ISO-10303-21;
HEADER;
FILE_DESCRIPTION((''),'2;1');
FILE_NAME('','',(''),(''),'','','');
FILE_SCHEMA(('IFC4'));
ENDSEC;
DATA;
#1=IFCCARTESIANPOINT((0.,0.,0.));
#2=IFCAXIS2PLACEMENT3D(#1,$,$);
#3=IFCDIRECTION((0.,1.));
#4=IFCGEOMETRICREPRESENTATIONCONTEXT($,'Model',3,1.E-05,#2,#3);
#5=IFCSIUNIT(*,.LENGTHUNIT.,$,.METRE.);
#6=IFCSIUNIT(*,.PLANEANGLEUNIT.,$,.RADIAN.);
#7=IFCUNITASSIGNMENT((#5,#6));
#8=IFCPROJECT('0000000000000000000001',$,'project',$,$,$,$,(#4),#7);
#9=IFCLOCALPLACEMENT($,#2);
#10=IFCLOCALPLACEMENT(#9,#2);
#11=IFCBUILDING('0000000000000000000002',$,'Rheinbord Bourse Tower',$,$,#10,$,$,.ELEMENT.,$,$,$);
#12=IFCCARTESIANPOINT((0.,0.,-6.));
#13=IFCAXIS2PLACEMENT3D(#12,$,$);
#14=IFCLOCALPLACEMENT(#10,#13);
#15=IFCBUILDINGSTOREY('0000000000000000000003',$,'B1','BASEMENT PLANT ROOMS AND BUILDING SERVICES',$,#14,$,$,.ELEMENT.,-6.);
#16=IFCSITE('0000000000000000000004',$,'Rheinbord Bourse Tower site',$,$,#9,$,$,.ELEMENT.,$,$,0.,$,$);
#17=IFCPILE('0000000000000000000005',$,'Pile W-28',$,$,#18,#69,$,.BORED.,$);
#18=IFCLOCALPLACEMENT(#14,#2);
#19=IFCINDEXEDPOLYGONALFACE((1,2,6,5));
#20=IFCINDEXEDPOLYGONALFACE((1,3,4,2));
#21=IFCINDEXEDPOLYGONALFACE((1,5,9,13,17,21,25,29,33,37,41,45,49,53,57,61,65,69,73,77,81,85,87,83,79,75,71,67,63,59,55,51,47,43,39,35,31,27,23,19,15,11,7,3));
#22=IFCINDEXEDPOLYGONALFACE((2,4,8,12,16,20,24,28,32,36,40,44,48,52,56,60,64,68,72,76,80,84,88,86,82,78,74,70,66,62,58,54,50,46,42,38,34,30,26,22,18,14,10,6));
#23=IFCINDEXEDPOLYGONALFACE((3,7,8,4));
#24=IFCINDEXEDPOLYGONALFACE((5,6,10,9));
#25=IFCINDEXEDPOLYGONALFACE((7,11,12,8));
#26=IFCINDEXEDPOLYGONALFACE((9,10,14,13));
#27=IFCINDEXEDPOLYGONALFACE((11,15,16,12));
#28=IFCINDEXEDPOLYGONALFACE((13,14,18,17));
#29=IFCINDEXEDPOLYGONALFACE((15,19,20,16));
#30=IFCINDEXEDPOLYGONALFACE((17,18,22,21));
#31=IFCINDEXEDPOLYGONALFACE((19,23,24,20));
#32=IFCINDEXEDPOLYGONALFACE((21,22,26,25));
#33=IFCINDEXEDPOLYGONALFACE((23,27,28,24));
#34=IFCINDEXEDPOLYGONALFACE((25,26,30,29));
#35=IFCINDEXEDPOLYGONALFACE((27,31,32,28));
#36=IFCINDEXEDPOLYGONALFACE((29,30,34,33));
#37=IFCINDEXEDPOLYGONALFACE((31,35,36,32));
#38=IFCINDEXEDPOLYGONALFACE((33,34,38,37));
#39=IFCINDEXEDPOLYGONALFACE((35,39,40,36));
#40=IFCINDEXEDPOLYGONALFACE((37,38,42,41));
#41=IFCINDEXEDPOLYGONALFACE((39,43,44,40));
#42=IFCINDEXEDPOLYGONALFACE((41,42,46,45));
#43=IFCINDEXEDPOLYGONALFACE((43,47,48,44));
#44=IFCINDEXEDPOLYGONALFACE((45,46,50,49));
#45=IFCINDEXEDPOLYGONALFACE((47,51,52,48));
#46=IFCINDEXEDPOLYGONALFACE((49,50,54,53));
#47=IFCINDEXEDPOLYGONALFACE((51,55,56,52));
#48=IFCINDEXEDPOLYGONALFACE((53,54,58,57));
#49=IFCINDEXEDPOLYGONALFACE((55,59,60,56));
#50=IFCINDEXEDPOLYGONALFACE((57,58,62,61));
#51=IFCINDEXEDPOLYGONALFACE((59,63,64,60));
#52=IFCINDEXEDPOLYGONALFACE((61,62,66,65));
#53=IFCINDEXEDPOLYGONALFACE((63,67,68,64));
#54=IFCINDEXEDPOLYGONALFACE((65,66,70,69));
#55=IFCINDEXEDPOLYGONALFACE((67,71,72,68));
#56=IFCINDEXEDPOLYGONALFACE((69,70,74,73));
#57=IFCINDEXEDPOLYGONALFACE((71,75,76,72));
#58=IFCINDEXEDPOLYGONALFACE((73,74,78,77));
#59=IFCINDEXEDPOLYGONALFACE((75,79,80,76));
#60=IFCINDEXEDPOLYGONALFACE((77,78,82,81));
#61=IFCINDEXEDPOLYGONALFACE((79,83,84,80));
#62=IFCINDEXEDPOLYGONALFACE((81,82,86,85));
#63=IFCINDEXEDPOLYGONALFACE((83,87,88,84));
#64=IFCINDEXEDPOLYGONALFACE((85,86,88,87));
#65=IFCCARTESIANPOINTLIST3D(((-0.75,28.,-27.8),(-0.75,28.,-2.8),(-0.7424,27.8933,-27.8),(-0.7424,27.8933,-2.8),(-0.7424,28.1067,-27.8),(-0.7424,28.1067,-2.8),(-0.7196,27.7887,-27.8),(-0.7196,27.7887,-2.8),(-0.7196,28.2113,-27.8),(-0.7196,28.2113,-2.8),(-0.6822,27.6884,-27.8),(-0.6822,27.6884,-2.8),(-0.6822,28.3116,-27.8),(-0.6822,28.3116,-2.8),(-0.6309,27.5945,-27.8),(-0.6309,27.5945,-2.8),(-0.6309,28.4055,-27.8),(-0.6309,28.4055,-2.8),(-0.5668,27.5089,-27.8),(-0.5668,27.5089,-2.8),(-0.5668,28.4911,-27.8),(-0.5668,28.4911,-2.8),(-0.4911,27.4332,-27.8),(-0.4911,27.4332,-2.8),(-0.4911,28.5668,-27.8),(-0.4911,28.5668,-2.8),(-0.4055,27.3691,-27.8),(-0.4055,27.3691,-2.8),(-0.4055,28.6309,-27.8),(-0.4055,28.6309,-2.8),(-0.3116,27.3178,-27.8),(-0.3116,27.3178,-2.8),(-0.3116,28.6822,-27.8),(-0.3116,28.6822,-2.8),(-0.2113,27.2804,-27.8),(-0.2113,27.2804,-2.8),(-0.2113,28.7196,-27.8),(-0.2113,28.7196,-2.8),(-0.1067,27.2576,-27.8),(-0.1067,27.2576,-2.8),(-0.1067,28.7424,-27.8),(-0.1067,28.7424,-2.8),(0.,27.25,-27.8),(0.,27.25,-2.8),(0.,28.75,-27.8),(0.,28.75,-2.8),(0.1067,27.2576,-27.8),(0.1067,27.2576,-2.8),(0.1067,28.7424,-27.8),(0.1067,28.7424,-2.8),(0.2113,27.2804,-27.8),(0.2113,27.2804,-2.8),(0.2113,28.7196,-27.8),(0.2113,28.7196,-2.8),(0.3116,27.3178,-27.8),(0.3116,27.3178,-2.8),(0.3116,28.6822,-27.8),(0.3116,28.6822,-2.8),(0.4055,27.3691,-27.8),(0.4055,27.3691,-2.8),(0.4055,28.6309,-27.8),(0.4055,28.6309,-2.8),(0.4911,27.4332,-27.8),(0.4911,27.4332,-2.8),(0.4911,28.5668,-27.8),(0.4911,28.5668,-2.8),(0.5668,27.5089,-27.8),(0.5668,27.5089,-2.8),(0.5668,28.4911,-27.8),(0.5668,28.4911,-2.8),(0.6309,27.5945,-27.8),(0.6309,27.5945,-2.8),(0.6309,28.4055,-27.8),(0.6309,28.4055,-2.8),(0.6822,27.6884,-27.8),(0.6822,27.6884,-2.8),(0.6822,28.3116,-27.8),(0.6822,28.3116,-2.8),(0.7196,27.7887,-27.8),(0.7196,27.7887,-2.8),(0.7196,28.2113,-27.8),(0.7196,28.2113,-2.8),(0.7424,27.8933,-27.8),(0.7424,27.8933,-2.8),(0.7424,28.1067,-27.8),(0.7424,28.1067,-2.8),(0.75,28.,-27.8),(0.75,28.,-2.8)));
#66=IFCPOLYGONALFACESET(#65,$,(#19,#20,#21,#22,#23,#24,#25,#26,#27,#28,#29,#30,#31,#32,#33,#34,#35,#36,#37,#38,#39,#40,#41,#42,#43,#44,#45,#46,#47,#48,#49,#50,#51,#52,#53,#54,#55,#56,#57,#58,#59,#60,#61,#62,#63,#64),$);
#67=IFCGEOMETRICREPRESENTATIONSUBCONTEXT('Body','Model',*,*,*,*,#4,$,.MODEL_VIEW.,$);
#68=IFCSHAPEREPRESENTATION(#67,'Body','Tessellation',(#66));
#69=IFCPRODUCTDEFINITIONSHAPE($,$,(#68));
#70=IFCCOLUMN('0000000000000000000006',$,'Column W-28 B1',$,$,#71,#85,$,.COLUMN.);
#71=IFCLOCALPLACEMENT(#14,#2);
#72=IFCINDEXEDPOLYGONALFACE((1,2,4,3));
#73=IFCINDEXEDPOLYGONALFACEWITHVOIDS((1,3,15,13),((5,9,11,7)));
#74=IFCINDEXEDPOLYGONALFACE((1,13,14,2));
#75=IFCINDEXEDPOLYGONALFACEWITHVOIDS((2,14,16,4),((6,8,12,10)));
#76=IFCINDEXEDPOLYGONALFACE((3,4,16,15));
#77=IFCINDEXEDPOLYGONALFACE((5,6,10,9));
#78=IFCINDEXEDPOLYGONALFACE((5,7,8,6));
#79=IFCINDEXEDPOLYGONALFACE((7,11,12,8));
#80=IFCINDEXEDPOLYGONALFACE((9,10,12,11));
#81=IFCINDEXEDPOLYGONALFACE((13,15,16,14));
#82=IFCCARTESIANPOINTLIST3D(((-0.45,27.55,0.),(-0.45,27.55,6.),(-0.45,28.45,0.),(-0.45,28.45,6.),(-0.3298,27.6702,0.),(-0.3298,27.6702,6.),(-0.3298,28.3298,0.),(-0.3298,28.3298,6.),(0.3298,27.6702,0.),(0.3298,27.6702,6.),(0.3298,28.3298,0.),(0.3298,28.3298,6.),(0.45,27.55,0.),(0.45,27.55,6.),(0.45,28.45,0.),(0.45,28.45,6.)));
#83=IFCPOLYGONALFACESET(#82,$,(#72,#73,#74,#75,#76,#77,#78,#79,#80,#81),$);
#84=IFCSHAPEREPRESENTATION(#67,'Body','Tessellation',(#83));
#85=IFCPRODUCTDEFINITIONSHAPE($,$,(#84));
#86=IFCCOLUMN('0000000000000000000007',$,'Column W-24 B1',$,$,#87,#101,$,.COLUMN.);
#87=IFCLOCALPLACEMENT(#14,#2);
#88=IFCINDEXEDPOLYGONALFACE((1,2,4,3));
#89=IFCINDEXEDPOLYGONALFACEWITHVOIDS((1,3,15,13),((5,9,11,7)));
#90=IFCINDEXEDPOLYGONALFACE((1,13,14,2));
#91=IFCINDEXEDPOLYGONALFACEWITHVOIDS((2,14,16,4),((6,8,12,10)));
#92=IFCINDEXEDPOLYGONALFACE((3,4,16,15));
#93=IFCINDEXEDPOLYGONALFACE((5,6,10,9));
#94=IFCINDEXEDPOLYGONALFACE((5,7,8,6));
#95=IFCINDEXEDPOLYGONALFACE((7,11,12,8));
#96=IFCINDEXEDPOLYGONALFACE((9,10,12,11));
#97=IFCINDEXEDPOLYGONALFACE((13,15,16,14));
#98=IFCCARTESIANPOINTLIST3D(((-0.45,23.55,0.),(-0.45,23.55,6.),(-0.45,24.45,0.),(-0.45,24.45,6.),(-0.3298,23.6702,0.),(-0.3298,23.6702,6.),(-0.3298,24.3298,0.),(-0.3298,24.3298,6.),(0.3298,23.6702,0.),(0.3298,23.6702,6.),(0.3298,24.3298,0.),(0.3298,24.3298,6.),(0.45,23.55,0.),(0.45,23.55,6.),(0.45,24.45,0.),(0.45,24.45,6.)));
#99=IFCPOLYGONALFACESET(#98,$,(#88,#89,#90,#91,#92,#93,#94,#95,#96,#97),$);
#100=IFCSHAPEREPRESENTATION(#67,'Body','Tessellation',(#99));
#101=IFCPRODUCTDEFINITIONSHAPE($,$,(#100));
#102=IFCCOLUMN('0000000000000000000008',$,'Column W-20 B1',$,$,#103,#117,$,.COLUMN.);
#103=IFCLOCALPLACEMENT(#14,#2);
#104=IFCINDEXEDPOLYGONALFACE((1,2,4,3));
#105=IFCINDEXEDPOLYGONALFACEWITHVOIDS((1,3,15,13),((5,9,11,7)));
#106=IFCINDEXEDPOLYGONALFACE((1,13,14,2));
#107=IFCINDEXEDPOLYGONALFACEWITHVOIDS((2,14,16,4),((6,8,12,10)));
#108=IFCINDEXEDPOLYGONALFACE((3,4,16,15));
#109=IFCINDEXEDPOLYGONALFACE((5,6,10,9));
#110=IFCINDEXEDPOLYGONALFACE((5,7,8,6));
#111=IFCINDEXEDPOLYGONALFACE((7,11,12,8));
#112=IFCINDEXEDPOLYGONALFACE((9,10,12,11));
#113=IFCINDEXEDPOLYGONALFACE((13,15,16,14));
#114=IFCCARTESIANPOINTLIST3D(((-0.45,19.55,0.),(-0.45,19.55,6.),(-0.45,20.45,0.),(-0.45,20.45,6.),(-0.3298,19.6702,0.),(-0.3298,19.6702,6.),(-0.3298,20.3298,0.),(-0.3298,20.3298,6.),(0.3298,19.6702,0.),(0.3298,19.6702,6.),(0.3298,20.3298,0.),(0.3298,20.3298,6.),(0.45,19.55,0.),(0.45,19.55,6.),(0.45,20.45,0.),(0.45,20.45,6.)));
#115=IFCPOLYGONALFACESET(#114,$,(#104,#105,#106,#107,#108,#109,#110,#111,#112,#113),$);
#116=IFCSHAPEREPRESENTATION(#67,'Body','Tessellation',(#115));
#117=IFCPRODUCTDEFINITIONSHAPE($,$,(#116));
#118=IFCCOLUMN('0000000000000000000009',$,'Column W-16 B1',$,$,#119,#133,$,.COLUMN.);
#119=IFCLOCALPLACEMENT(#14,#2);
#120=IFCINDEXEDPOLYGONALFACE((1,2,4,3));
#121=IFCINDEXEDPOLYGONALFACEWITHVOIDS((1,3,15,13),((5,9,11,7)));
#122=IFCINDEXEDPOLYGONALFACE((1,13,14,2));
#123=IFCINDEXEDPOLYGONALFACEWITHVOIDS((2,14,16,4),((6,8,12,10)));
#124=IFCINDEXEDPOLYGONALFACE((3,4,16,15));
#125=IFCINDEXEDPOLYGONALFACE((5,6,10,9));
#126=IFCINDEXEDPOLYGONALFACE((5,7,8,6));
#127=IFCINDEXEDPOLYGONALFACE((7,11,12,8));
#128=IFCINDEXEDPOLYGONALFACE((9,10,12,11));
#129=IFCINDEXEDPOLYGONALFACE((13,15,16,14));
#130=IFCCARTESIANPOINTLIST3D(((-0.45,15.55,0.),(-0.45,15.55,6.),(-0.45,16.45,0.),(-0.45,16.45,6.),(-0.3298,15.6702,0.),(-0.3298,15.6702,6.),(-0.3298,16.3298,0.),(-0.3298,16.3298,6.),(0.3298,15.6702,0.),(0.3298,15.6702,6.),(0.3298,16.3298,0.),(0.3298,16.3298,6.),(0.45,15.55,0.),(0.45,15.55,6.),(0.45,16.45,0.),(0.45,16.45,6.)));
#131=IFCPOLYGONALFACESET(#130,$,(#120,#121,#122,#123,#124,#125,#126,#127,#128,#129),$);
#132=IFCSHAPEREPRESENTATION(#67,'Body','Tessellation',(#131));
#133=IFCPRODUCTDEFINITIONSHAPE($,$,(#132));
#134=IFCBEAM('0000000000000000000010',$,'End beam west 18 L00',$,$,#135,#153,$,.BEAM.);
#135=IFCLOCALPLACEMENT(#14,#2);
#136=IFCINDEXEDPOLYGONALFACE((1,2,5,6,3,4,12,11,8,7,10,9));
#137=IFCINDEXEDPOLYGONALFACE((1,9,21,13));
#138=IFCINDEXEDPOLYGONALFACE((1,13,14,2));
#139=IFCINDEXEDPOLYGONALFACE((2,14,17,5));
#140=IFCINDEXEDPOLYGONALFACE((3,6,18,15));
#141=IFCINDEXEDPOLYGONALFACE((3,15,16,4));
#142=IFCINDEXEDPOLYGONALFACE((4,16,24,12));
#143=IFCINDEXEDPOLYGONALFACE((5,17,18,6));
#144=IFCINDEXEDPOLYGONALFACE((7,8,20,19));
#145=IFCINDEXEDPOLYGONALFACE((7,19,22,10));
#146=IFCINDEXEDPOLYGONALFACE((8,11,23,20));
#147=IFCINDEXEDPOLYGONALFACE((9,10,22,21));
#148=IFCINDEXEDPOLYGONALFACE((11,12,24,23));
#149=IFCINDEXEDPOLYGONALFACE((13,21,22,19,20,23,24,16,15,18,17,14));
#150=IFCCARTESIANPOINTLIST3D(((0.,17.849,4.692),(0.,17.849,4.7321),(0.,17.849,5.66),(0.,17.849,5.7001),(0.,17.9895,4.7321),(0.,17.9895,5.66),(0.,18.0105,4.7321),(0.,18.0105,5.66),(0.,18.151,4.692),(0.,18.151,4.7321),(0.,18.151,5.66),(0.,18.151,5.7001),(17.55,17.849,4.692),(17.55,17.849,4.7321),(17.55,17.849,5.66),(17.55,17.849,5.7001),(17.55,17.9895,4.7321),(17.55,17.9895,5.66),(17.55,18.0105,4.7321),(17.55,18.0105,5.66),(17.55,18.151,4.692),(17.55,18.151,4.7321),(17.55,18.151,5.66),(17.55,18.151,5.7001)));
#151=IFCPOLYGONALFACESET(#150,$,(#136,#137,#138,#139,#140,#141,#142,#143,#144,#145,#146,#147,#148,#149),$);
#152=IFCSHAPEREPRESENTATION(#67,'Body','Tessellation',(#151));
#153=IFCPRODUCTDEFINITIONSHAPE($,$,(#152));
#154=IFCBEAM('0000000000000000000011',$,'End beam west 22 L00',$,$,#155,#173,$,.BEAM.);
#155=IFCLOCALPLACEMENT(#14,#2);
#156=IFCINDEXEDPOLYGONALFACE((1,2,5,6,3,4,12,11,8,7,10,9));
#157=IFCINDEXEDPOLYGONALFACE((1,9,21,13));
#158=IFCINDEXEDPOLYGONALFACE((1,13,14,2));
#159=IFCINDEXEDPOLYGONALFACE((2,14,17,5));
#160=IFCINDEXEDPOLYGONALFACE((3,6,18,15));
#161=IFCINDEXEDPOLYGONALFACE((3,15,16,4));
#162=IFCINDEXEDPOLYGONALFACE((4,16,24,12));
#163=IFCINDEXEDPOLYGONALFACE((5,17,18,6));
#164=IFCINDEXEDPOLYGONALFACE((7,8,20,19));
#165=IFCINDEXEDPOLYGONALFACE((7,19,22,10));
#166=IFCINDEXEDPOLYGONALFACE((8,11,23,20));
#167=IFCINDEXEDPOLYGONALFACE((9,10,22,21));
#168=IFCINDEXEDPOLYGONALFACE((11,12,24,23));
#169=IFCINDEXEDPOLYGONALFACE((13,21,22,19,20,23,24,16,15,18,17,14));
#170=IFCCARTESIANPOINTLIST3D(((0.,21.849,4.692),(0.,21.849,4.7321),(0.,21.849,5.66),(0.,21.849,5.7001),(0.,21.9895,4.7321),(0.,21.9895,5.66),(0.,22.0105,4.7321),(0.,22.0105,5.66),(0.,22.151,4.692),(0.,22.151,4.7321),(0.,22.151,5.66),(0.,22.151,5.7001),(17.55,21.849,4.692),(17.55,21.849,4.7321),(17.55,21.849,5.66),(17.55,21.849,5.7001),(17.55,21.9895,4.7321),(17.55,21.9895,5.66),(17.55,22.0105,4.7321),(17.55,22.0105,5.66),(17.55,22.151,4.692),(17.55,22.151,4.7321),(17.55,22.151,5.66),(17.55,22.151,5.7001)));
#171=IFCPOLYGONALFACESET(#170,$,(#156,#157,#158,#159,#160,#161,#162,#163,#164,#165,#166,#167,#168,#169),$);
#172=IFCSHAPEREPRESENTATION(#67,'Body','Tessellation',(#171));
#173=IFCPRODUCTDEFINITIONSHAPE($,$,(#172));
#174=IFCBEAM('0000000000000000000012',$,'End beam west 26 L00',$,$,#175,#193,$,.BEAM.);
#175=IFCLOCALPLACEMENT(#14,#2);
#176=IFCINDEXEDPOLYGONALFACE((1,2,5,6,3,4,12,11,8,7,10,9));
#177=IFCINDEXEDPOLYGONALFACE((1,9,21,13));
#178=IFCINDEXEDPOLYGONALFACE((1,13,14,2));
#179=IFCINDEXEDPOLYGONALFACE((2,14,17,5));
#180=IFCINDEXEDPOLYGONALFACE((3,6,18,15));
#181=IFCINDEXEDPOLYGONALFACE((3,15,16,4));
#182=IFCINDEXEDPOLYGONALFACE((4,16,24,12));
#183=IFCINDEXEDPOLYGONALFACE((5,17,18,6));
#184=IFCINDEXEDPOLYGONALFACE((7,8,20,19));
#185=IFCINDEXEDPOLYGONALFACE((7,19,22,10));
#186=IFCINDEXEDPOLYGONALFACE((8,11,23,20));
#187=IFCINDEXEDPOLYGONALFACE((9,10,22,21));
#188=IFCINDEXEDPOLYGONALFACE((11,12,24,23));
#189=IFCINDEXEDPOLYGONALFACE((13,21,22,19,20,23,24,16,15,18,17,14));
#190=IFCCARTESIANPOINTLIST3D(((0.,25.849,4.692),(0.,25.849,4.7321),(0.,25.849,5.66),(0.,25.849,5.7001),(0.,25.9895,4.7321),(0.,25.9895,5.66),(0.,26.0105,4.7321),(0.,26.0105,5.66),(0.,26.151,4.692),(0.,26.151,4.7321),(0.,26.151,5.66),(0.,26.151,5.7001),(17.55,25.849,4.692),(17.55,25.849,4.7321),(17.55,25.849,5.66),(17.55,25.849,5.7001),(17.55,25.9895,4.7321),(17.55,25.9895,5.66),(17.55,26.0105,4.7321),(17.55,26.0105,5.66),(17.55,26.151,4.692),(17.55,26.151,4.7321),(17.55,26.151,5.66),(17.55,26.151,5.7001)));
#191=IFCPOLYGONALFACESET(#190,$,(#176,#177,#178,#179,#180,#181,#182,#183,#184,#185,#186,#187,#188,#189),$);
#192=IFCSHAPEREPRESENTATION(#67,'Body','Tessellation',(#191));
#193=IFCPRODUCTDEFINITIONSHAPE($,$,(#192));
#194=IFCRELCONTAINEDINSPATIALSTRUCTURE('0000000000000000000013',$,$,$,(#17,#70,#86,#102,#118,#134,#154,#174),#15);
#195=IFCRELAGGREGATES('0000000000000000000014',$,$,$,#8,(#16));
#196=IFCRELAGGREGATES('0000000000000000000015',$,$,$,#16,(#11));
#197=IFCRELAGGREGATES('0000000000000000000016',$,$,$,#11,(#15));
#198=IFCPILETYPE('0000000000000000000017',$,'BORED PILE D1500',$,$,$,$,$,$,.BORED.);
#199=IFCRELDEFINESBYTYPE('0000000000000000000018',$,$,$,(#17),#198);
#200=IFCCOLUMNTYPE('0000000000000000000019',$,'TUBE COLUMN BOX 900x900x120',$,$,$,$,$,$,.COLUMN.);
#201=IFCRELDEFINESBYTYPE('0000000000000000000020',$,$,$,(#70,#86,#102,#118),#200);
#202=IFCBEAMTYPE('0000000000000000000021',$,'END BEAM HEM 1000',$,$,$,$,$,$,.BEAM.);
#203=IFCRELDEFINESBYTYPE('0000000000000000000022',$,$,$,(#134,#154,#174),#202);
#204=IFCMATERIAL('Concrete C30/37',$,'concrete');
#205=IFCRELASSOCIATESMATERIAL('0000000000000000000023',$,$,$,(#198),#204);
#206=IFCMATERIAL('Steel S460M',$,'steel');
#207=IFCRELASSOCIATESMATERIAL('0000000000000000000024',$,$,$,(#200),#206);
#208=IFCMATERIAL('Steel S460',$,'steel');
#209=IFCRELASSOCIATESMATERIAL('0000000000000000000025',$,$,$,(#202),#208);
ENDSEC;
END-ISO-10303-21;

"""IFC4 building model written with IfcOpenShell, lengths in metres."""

from ifc_helpers import new_model, si_unit, direction, frame, origin, origin_2d, place, context, subcontext, project, spatial, hollow_rectangle, circle, i_section, extrude, material, material_profile, profile_set, type_object, element, save


model = new_model("IFC4")

# Units and contexts
model_context = context("Model", 3, precision=1e-05, world=origin(), true_north=direction((0.0, 1.0)))
body_context = subcontext(model_context, "Body", "Model", "MODEL_VIEW")
ifc_project = project(units=[si_unit("LENGTHUNIT", "METRE"), si_unit("PLANEANGLEUNIT", "RADIAN")], contexts=[model_context])

# Site, building, storey
site_placement = place(None, origin())
site = spatial("IfcSite", under=ifc_project, at=site_placement, Name="Rheinbord Bourse Tower site", CompositionType="ELEMENT", RefElevation=0.0)
building_placement = place(site_placement, origin())
building = spatial("IfcBuilding", under=site, at=building_placement, Name="Rheinbord Bourse Tower", CompositionType="ELEMENT")
storey_placement = place(building_placement, frame((0.0, 0.0, -6.0)))
storey = spatial("IfcBuildingStorey", under=building, at=storey_placement, Name="B1", Description="BASEMENT PLANT ROOMS AND BUILDING SERVICES", CompositionType="ELEMENT", Elevation=-6.0)

# Pile
ifc_material_1 = material(Name="Concrete C30/37", Category="concrete")
ifc_material_profile_1 = material_profile(ifc_material_1, circle(Radius=0.75, at=origin_2d()), Name="D1500")
ifc_profile_set_1 = profile_set([ifc_material_profile_1], Name="Concrete C30/37")
pile_type = type_object("IfcPileType", Name="BORED PILE D1500", PredefinedType="BORED", material=ifc_profile_set_1)
for number, where, z_axis, x_axis, name in (
    (1, (0.0, 28.0, -2.8), (0.0, 0.0, -1.0), (1.0, 0.0, 0.0), "Pile W-28"),
):
    element("IfcPile", number, at=place(storey_placement, frame(where, z_axis=z_axis, x_axis=x_axis)), inside=storey, type_object=pile_type, Name=name, PredefinedType="BORED", context=body_context, shape_type="SweptSolid", body=[
        extrude(circle(Radius=0.75, at=origin_2d()), origin(), (0.0, 0.0, 1.0), 25.0),
    ])

# Columns
ifc_material_2 = material(Name="Steel S460M", Category="steel")
ifc_material_profile_2 = material_profile(ifc_material_2, hollow_rectangle(XDim=0.8999, YDim=0.8999, WallThickness=0.1201, at=origin_2d()), Name="BOX 900x900x120")
ifc_profile_set_2 = profile_set([ifc_material_profile_2], Name="Steel S460M")
column_type = type_object("IfcColumnType", Name="TUBE COLUMN BOX 900x900x120", PredefinedType="COLUMN", material=ifc_profile_set_2)
for number, where, z_axis, x_axis, name in (
    (2, (0.0, 28.0, 0.0), (0.0, 0.0, 1.0), (1.0, 0.0, 0.0), "Column W-28 B1"),
    (3, (0.0, 24.0, 0.0), (0.0, 0.0, 1.0), (1.0, 0.0, 0.0), "Column W-24 B1"),
    (4, (0.0, 20.0, 0.0), (0.0, 0.0, 1.0), (1.0, 0.0, 0.0), "Column W-20 B1"),
    (5, (0.0, 16.0, 0.0), (0.0, 0.0, 1.0), (1.0, 0.0, 0.0), "Column W-16 B1"),
):
    element("IfcColumn", number, at=place(storey_placement, frame(where, z_axis=z_axis, x_axis=x_axis)), inside=storey, type_object=column_type, Name=name, PredefinedType="COLUMN", context=body_context, shape_type="SweptSolid", body=[
        extrude(hollow_rectangle(XDim=0.8999, YDim=0.8999, WallThickness=0.1201, at=origin_2d()), origin(), (0.0, 0.0, 1.0), 6.0),
    ])

# Beams
ifc_material_3 = material(Name="Steel S460", Category="steel")
ifc_material_profile_3 = material_profile(ifc_material_3, i_section(OverallWidth=0.302, OverallDepth=1.0081, WebThickness=0.021, FlangeThickness=0.04, at=origin_2d()), Name="HEM 1000")
ifc_profile_set_3 = profile_set([ifc_material_profile_3], Name="Steel S460")
beam_type_1 = type_object("IfcBeamType", Name="END BEAM HEM 1000", PredefinedType="BEAM", material=ifc_profile_set_3)
for number, where, z_axis, x_axis, name in (
    (6, (0.0, 18.0, 5.196), (1.0, 0.0, 0.0), (0.0, 1.0, 0.0), "End beam west 18 L00"),
    (7, (0.0, 22.0, 5.196), (1.0, 0.0, 0.0), (0.0, 1.0, 0.0), "End beam west 22 L00"),
    (8, (0.0, 26.0, 5.196), (1.0, 0.0, 0.0), (0.0, 1.0, 0.0), "End beam west 26 L00"),
):
    element("IfcBeam", number, at=place(storey_placement, frame(where, z_axis=z_axis, x_axis=x_axis)), inside=storey, type_object=beam_type_1, Name=name, PredefinedType="BEAM", context=body_context, shape_type="SweptSolid", body=[
        extrude(i_section(OverallWidth=0.302, OverallDepth=1.0081, WebThickness=0.021, FlangeThickness=0.04, at=origin_2d()), origin(), (0.0, 0.0, 1.0), 17.55),
    ])

save(model, "model.ifc")
